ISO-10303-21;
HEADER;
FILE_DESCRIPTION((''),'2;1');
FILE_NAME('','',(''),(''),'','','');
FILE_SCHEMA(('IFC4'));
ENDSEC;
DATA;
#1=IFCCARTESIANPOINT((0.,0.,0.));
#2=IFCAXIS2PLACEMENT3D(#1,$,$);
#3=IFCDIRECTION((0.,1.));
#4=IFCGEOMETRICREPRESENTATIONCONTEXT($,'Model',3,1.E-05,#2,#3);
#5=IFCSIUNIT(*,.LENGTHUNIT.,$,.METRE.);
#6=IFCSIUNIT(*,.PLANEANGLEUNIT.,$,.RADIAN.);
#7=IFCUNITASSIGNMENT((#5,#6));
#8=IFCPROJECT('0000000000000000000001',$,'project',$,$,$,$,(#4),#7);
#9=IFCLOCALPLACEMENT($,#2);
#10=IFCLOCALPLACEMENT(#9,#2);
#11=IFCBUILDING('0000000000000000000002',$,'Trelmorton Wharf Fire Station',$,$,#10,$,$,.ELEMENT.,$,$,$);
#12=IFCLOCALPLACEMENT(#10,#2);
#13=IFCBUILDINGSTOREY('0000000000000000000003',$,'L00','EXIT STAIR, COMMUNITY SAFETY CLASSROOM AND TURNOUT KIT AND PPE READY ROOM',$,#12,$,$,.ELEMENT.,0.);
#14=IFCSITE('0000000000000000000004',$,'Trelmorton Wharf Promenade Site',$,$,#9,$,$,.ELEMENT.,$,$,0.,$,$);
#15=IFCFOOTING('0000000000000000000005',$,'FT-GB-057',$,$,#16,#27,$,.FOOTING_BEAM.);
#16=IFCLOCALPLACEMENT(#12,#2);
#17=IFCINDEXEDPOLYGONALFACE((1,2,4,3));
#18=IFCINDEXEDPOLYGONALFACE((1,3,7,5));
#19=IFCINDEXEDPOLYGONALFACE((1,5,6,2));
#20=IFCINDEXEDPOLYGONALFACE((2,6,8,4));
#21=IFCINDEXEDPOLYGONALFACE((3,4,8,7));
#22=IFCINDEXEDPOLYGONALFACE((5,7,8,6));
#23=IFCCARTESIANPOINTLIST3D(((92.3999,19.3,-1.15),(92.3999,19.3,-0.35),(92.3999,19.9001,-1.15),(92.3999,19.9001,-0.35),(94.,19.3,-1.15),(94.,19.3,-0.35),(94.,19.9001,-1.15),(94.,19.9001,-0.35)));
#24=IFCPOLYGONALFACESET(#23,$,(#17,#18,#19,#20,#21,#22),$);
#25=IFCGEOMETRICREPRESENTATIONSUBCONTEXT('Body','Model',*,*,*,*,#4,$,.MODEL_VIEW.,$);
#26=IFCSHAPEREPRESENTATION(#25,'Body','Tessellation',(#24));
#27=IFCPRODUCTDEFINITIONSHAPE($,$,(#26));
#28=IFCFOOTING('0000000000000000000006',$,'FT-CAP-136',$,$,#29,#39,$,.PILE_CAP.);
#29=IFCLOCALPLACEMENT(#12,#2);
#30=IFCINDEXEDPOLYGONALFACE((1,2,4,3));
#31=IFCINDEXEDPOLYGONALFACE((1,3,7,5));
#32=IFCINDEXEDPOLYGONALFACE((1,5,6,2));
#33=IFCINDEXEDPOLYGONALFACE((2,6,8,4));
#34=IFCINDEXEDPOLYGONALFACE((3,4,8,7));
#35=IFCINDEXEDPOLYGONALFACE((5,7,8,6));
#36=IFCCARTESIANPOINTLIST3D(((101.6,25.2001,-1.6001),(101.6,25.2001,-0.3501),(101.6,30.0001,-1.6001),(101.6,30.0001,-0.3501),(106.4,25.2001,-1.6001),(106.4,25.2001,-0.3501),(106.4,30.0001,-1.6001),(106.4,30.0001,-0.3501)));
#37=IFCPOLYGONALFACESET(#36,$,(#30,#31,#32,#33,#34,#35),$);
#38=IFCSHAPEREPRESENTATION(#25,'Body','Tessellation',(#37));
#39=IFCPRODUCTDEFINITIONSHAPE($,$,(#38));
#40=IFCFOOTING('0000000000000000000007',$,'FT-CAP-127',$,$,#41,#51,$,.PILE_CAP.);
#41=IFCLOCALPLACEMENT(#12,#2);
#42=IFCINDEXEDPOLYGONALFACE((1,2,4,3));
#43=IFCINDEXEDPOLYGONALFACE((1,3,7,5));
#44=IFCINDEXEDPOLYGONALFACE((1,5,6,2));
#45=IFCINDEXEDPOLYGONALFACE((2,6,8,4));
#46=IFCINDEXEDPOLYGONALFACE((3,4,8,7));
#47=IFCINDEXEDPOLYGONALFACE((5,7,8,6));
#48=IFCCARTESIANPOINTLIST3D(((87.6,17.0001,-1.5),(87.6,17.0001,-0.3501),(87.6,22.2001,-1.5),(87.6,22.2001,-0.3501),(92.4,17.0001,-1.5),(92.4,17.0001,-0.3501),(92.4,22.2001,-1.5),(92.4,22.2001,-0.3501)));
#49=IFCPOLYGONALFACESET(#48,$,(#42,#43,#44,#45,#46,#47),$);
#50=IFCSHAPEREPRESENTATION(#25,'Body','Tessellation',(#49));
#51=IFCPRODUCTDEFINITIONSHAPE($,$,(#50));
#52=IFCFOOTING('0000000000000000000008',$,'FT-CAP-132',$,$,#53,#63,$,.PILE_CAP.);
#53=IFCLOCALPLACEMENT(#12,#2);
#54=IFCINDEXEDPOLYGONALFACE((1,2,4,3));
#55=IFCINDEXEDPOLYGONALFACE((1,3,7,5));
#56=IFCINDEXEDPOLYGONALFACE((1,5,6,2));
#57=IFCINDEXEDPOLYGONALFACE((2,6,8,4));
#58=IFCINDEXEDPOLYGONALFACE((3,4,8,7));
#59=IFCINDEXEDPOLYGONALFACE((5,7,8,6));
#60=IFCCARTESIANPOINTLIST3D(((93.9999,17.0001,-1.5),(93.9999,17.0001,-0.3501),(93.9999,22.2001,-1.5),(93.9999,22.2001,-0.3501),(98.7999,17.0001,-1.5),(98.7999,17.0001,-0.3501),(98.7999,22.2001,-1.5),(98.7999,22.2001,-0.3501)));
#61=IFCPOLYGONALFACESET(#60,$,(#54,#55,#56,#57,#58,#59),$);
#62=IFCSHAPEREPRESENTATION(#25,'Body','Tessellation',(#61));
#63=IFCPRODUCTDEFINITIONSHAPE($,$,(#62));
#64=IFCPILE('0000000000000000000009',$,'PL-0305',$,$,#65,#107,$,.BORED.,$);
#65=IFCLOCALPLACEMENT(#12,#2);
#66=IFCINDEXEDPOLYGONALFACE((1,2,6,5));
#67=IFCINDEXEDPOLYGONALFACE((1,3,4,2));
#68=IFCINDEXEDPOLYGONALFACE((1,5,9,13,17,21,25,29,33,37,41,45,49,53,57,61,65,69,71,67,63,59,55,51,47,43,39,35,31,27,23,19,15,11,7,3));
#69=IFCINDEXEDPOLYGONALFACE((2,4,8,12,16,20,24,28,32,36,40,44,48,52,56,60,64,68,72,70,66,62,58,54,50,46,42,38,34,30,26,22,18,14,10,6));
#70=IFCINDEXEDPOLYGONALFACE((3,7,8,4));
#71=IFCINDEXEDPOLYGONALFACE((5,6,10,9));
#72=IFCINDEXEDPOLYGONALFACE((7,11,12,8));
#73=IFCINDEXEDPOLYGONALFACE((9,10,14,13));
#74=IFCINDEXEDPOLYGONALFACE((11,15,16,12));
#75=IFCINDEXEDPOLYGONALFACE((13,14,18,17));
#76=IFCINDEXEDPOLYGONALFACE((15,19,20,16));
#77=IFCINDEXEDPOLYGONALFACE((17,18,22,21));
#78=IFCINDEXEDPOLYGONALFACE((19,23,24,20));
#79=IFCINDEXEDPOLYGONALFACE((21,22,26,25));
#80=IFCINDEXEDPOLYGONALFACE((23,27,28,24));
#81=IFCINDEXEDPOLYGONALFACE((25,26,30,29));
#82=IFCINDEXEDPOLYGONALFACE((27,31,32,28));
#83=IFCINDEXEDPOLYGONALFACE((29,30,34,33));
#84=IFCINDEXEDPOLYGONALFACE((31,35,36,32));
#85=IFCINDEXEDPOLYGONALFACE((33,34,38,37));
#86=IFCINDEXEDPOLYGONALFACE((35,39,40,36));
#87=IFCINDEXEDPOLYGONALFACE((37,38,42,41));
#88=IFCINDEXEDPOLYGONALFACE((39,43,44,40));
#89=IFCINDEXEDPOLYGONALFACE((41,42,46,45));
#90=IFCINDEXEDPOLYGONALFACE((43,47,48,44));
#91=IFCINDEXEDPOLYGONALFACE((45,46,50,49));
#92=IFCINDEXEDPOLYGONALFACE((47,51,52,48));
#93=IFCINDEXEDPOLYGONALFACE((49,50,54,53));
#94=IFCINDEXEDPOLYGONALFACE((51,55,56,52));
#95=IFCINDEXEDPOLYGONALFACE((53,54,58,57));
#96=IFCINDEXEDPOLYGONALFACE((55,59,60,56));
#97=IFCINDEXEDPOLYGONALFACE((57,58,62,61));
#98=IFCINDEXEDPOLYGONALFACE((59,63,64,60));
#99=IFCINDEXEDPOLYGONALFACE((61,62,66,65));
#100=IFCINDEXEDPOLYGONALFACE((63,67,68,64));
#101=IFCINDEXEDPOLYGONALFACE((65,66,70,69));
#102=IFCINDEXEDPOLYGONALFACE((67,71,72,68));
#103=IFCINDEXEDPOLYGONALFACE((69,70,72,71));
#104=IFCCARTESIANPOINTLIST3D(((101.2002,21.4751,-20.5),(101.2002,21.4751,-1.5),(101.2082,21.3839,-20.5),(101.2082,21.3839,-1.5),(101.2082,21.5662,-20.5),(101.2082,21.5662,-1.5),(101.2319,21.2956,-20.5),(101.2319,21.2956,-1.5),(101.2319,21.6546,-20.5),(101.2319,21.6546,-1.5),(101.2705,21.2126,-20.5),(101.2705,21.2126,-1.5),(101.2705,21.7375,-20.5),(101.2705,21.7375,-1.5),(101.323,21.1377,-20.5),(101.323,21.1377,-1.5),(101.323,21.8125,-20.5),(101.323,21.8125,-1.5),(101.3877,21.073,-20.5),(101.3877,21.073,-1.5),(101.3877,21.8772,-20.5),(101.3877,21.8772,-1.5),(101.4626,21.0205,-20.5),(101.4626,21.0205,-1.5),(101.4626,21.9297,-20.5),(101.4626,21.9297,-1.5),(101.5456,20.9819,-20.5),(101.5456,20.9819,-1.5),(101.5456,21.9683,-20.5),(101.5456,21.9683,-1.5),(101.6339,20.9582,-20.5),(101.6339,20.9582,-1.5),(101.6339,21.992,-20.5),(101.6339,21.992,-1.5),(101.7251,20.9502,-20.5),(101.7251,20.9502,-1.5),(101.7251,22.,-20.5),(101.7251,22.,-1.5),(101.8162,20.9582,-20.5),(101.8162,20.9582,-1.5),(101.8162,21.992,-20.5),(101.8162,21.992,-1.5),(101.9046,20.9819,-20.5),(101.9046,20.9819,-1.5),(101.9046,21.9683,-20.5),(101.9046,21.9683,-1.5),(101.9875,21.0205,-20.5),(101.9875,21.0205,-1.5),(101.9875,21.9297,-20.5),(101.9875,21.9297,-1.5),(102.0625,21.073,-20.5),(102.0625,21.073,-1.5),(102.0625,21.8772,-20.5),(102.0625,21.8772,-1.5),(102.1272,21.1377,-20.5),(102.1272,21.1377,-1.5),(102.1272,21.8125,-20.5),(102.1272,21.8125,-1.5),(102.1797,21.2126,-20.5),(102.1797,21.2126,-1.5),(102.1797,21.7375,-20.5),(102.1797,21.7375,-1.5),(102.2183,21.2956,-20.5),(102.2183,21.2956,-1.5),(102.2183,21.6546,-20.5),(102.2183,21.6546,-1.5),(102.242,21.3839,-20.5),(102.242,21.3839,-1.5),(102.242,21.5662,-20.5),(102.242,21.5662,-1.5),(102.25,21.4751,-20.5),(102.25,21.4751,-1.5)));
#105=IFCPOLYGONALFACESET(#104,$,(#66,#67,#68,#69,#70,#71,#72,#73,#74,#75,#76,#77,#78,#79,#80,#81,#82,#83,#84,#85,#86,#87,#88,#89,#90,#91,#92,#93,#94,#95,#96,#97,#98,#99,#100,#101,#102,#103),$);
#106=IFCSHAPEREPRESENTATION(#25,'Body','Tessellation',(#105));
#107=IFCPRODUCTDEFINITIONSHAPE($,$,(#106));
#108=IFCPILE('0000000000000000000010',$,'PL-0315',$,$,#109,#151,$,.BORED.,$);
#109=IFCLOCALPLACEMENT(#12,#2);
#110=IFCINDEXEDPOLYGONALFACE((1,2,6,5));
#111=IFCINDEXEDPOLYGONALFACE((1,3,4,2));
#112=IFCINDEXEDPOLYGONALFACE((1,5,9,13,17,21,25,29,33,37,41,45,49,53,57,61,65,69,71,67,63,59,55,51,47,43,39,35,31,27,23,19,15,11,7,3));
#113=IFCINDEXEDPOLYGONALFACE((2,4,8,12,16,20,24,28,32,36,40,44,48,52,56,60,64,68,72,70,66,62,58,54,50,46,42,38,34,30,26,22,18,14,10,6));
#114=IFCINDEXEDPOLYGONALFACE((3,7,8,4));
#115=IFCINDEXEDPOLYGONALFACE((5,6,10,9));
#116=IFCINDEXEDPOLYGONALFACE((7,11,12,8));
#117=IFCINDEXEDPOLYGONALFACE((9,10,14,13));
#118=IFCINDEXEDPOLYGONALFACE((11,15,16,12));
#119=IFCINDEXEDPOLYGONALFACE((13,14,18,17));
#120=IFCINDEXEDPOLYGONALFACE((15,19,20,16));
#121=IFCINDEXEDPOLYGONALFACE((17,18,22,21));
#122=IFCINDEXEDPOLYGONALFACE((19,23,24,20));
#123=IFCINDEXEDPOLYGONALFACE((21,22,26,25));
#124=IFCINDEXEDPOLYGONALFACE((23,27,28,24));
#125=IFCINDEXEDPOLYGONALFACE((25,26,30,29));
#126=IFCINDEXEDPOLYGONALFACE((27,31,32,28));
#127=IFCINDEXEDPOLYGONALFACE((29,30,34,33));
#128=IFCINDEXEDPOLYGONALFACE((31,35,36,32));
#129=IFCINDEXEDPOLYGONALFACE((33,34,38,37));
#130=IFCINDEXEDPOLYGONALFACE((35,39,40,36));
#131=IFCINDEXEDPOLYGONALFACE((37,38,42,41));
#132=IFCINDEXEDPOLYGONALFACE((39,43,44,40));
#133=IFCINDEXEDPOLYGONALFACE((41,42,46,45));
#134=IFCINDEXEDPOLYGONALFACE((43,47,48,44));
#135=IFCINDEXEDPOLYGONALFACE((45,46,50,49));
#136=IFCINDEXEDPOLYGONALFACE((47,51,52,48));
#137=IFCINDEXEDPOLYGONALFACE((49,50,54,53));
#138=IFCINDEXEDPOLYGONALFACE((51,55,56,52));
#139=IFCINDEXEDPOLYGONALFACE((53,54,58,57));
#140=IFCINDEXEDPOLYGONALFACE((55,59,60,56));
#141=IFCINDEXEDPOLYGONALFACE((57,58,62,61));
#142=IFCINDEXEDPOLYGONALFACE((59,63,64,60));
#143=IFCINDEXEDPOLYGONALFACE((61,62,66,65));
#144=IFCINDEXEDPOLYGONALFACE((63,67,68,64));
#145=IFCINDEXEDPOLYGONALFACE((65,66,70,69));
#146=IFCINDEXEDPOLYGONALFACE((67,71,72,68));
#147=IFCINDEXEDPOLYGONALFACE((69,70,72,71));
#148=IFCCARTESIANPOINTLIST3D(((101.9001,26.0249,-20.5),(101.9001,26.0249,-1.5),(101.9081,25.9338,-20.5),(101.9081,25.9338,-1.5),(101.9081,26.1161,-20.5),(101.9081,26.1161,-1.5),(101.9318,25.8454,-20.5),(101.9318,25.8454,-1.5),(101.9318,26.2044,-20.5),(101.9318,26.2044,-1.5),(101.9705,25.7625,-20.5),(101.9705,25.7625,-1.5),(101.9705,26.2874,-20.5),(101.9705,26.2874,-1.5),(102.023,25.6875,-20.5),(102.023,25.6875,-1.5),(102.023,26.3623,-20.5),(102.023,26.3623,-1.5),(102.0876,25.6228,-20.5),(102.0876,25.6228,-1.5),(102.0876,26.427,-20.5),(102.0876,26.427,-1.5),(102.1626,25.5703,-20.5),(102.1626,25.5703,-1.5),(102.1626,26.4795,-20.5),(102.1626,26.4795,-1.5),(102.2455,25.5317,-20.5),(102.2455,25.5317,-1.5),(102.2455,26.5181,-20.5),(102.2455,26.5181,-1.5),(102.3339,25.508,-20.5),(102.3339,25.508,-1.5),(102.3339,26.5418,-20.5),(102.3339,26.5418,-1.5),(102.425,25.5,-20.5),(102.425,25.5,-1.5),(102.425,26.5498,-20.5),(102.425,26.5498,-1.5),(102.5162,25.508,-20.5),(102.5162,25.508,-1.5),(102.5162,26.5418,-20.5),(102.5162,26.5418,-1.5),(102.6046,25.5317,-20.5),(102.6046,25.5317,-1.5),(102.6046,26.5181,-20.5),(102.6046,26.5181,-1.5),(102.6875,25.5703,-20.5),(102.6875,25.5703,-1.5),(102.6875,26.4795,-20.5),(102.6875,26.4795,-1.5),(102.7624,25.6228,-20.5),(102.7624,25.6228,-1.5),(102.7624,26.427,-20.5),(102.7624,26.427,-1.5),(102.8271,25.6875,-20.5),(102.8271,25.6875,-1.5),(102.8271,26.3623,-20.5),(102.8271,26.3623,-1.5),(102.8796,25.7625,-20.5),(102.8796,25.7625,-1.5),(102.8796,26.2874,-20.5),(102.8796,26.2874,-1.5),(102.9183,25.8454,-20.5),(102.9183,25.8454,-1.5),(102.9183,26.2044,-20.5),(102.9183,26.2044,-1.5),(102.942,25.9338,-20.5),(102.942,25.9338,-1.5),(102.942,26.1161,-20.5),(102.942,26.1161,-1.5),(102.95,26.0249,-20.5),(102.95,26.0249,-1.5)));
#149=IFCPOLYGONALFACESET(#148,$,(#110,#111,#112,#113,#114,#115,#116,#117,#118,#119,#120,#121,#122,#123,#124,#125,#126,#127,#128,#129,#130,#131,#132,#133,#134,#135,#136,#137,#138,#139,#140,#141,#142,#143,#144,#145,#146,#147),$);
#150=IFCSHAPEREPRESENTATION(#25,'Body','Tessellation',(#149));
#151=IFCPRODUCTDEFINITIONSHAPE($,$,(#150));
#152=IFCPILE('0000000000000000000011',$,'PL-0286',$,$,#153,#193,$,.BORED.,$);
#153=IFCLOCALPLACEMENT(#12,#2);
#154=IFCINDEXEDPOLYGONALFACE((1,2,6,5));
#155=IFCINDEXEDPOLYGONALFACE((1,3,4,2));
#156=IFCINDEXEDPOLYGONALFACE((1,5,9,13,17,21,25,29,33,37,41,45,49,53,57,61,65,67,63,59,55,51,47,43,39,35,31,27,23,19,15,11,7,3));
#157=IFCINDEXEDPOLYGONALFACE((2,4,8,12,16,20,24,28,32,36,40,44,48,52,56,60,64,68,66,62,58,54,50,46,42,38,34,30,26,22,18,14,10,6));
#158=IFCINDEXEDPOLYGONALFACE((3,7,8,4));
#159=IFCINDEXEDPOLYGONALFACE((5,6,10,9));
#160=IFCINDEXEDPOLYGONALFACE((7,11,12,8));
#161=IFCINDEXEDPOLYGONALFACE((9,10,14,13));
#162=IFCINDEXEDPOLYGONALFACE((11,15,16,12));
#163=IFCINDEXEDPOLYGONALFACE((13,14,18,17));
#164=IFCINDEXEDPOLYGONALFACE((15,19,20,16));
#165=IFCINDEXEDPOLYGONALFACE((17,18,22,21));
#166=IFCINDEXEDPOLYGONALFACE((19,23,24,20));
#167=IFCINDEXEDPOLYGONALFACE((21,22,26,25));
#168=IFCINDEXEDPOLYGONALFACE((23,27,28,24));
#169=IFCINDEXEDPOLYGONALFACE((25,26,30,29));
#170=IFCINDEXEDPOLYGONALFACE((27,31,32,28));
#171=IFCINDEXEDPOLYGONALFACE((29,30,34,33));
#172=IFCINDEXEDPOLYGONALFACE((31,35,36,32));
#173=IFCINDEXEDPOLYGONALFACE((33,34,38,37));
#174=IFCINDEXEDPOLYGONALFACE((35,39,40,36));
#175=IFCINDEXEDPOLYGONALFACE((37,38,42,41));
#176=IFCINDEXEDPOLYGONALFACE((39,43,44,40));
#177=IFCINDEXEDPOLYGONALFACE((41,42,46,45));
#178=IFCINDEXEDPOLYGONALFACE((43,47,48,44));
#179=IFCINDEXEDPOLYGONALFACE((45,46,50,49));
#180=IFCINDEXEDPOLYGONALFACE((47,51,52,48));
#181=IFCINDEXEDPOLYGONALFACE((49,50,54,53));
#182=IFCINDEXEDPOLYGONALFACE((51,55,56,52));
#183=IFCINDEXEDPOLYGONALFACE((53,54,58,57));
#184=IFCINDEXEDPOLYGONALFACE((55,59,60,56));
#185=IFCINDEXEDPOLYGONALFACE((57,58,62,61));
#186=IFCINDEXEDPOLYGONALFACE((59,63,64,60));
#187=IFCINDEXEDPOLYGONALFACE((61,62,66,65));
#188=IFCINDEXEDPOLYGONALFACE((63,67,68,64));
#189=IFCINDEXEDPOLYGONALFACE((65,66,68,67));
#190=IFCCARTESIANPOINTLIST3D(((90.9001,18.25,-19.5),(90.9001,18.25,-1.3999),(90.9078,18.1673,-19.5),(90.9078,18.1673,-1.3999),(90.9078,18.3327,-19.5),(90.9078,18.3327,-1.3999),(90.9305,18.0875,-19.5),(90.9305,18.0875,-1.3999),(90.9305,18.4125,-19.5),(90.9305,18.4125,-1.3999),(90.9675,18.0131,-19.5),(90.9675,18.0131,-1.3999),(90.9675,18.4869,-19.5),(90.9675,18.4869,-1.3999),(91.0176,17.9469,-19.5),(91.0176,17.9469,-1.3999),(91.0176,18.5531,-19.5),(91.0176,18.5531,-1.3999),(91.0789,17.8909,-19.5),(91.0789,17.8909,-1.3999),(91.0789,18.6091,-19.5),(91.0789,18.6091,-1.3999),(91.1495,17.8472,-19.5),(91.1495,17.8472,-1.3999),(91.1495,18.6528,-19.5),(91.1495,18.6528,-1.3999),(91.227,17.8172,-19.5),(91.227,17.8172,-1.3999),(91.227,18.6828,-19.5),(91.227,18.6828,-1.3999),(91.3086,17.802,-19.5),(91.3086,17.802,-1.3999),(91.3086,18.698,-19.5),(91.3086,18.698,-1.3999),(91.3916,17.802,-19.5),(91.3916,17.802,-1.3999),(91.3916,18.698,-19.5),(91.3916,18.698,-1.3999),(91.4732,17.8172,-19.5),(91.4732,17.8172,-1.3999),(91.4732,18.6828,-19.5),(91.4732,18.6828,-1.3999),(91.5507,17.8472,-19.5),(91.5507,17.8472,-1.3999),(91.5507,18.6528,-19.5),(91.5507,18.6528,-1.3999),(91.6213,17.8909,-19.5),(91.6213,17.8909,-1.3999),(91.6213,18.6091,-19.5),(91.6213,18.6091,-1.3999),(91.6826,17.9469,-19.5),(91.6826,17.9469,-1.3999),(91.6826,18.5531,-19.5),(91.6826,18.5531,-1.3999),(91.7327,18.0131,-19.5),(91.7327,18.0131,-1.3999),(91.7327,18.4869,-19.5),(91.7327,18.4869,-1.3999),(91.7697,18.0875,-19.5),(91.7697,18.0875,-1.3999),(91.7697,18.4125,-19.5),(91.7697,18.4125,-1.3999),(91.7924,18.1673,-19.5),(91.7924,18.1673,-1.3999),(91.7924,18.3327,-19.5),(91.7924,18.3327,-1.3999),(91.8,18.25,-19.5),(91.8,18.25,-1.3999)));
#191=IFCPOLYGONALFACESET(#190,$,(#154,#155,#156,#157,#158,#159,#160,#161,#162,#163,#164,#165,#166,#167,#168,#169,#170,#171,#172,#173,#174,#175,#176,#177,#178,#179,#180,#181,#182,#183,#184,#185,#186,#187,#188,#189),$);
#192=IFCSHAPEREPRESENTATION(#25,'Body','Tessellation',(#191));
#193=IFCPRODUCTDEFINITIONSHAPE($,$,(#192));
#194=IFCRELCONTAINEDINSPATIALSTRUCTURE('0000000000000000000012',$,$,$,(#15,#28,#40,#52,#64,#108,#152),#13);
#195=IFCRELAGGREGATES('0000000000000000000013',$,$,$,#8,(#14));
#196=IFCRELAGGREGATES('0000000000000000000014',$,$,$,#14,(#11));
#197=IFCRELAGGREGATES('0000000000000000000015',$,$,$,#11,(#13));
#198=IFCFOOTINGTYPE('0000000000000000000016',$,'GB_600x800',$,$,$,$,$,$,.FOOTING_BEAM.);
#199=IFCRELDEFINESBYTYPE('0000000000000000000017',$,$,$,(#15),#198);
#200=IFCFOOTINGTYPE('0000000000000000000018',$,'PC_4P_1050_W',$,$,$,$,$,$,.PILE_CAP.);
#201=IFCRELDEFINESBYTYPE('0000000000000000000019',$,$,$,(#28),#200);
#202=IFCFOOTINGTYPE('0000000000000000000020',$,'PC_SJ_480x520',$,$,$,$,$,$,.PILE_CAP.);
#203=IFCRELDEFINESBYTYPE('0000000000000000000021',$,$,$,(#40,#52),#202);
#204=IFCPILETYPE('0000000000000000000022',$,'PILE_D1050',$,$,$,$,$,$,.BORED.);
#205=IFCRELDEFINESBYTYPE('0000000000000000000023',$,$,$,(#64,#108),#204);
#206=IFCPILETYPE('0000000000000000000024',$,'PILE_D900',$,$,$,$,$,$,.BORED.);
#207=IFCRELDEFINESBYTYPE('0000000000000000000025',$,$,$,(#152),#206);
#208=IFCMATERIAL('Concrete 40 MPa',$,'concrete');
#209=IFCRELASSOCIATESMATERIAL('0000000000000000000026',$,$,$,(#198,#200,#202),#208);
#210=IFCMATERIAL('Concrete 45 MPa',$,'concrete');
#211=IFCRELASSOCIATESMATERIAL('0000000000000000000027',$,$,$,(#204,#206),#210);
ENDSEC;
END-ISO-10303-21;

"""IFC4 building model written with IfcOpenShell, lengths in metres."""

from ifc_helpers import new_model, si_unit, direction, frame, origin, origin_2d, place, context, subcontext, project, spatial, rectangle, circle, extrude, material, material_profile, profile_set, type_object, element, save


model = new_model("IFC4")

# Units and contexts
model_context = context("Model", 3, precision=1e-05, world=origin(), true_north=direction((0.0, 1.0)))
body_context = subcontext(model_context, "Body", "Model", "MODEL_VIEW")
ifc_project = project(units=[si_unit("LENGTHUNIT", "METRE"), si_unit("PLANEANGLEUNIT", "RADIAN")], contexts=[model_context])

# Site, building, storey
site_placement = place(None, origin())
site = spatial("IfcSite", under=ifc_project, at=site_placement, Name="Trelmorton Wharf Promenade Site", CompositionType="ELEMENT", RefElevation=0.0)
building_placement = place(site_placement, origin())
building = spatial("IfcBuilding", under=site, at=building_placement, Name="Trelmorton Wharf Fire Station", CompositionType="ELEMENT")
storey_placement = place(building_placement, origin())
storey = spatial("IfcBuildingStorey", under=building, at=storey_placement, Name="L00", Description="EXIT STAIR, COMMUNITY SAFETY CLASSROOM AND TURNOUT KIT AND PPE READY ROOM", CompositionType="ELEMENT", Elevation=0.0)

# Footings
ifc_material_1 = material(Name="Concrete 40 MPa", Category="concrete")
ifc_material_profile_1 = material_profile(ifc_material_1, rectangle(XDim=0.6001, YDim=0.8, at=origin_2d()), Name="RC600x800")
ifc_profile_set_1 = profile_set([ifc_material_profile_1], Name="Concrete 40 MPa")
footing_type_1 = type_object("IfcFootingType", Name="GB_600x800", PredefinedType="FOOTING_BEAM", material=ifc_profile_set_1)
footing_1_placement = place(storey_placement, frame((92.3999, 19.6001, -0.75), z_axis=(1.0, 0.0, 0.0), x_axis=(0.0, 1.0, 0.0)))
element("IfcFooting", 1, at=footing_1_placement, inside=storey, type_object=footing_type_1, Name="FT-GB-057", PredefinedType="FOOTING_BEAM", context=body_context, shape_type="SweptSolid", body=[
    extrude(rectangle(XDim=0.6001, YDim=0.8, at=origin_2d()), origin(), (0.0, 0.0, 1.0), 1.6001),
])
footing_type_2 = type_object("IfcFootingType", Name="PC_4P_1050_W", PredefinedType="PILE_CAP", material=ifc_material_1)
footing_2_placement = place(storey_placement, frame((104.0, 27.6001, -1.6001), z_axis=(0.0, 0.0, 1.0), x_axis=(1.0, 0.0, 0.0)))
element("IfcFooting", 2, at=footing_2_placement, inside=storey, type_object=footing_type_2, Name="FT-CAP-136", PredefinedType="PILE_CAP", context=body_context, shape_type="SweptSolid", body=[
    extrude(rectangle(XDim=4.8, YDim=4.8, at=origin_2d()), origin(), (0.0, 0.0, 1.0), 1.25),
])
footing_type_3 = type_object("IfcFootingType", Name="PC_SJ_480x520", PredefinedType="PILE_CAP", material=ifc_material_1)
for number, where, z_axis, x_axis, name in (
    (3, (90.0, 19.6001, -1.5), (0.0, 0.0, 1.0), (1.0, 0.0, 0.0), "FT-CAP-127"),
    (4, (96.3999, 19.6001, -1.5), (0.0, 0.0, 1.0), (1.0, 0.0, 0.0), "FT-CAP-132"),
):
    element("IfcFooting", number, at=place(storey_placement, frame(where, z_axis=z_axis, x_axis=x_axis)), inside=storey, type_object=footing_type_3, Name=name, PredefinedType="PILE_CAP", context=body_context, shape_type="SweptSolid", body=[
        extrude(rectangle(XDim=4.8, YDim=5.2, at=origin_2d()), origin(), (0.0, 0.0, 1.0), 1.1499),
    ])

# Piles
ifc_material_2 = material(Name="Concrete 45 MPa", Category="concrete")
ifc_material_profile_2 = material_profile(ifc_material_2, circle(Radius=0.5249, at=origin_2d()), Name="PILE-D1050")
ifc_profile_set_2 = profile_set([ifc_material_profile_2], Name="Concrete 45 MPa")
pile_type_1 = type_object("IfcPileType", Name="PILE_D1050", PredefinedType="BORED", material=ifc_profile_set_2)
for number, where, z_axis, x_axis, name in (
    (5, (101.7251, 21.4751, -1.5), (0.0, 0.0, -1.0), (1.0, 0.0, 0.0), "PL-0305"),
    (6, (102.425, 26.0249, -1.5), (0.0, 0.0, -1.0), (1.0, 0.0, 0.0), "PL-0315"),
):
    element("IfcPile", number, at=place(storey_placement, frame(where, z_axis=z_axis, x_axis=x_axis)), inside=storey, type_object=pile_type_1, Name=name, PredefinedType="BORED", context=body_context, shape_type="SweptSolid", body=[
        extrude(circle(Radius=0.5249, at=origin_2d()), origin(), (0.0, 0.0, 1.0), 19.0),
    ])
ifc_material_profile_3 = material_profile(ifc_material_2, circle(Radius=0.45, at=origin_2d()), Name="PILE-D900")
ifc_profile_set_3 = profile_set([ifc_material_profile_3], Name="Concrete 45 MPa")
pile_type_2 = type_object("IfcPileType", Name="PILE_D900", PredefinedType="BORED", material=ifc_profile_set_3)
for number, where, z_axis, x_axis, name in (
    (7, (91.3501, 18.25, -1.3999), (0.0, 0.0, -1.0), (1.0, 0.0, 0.0), "PL-0286"),
):
    element("IfcPile", number, at=place(storey_placement, frame(where, z_axis=z_axis, x_axis=x_axis)), inside=storey, type_object=pile_type_2, Name=name, PredefinedType="BORED", context=body_context, shape_type="SweptSolid", body=[
        extrude(circle(Radius=0.45, at=origin_2d()), origin(), (0.0, 0.0, 1.0), 18.1001),
    ])

save(model, "model.ifc")
